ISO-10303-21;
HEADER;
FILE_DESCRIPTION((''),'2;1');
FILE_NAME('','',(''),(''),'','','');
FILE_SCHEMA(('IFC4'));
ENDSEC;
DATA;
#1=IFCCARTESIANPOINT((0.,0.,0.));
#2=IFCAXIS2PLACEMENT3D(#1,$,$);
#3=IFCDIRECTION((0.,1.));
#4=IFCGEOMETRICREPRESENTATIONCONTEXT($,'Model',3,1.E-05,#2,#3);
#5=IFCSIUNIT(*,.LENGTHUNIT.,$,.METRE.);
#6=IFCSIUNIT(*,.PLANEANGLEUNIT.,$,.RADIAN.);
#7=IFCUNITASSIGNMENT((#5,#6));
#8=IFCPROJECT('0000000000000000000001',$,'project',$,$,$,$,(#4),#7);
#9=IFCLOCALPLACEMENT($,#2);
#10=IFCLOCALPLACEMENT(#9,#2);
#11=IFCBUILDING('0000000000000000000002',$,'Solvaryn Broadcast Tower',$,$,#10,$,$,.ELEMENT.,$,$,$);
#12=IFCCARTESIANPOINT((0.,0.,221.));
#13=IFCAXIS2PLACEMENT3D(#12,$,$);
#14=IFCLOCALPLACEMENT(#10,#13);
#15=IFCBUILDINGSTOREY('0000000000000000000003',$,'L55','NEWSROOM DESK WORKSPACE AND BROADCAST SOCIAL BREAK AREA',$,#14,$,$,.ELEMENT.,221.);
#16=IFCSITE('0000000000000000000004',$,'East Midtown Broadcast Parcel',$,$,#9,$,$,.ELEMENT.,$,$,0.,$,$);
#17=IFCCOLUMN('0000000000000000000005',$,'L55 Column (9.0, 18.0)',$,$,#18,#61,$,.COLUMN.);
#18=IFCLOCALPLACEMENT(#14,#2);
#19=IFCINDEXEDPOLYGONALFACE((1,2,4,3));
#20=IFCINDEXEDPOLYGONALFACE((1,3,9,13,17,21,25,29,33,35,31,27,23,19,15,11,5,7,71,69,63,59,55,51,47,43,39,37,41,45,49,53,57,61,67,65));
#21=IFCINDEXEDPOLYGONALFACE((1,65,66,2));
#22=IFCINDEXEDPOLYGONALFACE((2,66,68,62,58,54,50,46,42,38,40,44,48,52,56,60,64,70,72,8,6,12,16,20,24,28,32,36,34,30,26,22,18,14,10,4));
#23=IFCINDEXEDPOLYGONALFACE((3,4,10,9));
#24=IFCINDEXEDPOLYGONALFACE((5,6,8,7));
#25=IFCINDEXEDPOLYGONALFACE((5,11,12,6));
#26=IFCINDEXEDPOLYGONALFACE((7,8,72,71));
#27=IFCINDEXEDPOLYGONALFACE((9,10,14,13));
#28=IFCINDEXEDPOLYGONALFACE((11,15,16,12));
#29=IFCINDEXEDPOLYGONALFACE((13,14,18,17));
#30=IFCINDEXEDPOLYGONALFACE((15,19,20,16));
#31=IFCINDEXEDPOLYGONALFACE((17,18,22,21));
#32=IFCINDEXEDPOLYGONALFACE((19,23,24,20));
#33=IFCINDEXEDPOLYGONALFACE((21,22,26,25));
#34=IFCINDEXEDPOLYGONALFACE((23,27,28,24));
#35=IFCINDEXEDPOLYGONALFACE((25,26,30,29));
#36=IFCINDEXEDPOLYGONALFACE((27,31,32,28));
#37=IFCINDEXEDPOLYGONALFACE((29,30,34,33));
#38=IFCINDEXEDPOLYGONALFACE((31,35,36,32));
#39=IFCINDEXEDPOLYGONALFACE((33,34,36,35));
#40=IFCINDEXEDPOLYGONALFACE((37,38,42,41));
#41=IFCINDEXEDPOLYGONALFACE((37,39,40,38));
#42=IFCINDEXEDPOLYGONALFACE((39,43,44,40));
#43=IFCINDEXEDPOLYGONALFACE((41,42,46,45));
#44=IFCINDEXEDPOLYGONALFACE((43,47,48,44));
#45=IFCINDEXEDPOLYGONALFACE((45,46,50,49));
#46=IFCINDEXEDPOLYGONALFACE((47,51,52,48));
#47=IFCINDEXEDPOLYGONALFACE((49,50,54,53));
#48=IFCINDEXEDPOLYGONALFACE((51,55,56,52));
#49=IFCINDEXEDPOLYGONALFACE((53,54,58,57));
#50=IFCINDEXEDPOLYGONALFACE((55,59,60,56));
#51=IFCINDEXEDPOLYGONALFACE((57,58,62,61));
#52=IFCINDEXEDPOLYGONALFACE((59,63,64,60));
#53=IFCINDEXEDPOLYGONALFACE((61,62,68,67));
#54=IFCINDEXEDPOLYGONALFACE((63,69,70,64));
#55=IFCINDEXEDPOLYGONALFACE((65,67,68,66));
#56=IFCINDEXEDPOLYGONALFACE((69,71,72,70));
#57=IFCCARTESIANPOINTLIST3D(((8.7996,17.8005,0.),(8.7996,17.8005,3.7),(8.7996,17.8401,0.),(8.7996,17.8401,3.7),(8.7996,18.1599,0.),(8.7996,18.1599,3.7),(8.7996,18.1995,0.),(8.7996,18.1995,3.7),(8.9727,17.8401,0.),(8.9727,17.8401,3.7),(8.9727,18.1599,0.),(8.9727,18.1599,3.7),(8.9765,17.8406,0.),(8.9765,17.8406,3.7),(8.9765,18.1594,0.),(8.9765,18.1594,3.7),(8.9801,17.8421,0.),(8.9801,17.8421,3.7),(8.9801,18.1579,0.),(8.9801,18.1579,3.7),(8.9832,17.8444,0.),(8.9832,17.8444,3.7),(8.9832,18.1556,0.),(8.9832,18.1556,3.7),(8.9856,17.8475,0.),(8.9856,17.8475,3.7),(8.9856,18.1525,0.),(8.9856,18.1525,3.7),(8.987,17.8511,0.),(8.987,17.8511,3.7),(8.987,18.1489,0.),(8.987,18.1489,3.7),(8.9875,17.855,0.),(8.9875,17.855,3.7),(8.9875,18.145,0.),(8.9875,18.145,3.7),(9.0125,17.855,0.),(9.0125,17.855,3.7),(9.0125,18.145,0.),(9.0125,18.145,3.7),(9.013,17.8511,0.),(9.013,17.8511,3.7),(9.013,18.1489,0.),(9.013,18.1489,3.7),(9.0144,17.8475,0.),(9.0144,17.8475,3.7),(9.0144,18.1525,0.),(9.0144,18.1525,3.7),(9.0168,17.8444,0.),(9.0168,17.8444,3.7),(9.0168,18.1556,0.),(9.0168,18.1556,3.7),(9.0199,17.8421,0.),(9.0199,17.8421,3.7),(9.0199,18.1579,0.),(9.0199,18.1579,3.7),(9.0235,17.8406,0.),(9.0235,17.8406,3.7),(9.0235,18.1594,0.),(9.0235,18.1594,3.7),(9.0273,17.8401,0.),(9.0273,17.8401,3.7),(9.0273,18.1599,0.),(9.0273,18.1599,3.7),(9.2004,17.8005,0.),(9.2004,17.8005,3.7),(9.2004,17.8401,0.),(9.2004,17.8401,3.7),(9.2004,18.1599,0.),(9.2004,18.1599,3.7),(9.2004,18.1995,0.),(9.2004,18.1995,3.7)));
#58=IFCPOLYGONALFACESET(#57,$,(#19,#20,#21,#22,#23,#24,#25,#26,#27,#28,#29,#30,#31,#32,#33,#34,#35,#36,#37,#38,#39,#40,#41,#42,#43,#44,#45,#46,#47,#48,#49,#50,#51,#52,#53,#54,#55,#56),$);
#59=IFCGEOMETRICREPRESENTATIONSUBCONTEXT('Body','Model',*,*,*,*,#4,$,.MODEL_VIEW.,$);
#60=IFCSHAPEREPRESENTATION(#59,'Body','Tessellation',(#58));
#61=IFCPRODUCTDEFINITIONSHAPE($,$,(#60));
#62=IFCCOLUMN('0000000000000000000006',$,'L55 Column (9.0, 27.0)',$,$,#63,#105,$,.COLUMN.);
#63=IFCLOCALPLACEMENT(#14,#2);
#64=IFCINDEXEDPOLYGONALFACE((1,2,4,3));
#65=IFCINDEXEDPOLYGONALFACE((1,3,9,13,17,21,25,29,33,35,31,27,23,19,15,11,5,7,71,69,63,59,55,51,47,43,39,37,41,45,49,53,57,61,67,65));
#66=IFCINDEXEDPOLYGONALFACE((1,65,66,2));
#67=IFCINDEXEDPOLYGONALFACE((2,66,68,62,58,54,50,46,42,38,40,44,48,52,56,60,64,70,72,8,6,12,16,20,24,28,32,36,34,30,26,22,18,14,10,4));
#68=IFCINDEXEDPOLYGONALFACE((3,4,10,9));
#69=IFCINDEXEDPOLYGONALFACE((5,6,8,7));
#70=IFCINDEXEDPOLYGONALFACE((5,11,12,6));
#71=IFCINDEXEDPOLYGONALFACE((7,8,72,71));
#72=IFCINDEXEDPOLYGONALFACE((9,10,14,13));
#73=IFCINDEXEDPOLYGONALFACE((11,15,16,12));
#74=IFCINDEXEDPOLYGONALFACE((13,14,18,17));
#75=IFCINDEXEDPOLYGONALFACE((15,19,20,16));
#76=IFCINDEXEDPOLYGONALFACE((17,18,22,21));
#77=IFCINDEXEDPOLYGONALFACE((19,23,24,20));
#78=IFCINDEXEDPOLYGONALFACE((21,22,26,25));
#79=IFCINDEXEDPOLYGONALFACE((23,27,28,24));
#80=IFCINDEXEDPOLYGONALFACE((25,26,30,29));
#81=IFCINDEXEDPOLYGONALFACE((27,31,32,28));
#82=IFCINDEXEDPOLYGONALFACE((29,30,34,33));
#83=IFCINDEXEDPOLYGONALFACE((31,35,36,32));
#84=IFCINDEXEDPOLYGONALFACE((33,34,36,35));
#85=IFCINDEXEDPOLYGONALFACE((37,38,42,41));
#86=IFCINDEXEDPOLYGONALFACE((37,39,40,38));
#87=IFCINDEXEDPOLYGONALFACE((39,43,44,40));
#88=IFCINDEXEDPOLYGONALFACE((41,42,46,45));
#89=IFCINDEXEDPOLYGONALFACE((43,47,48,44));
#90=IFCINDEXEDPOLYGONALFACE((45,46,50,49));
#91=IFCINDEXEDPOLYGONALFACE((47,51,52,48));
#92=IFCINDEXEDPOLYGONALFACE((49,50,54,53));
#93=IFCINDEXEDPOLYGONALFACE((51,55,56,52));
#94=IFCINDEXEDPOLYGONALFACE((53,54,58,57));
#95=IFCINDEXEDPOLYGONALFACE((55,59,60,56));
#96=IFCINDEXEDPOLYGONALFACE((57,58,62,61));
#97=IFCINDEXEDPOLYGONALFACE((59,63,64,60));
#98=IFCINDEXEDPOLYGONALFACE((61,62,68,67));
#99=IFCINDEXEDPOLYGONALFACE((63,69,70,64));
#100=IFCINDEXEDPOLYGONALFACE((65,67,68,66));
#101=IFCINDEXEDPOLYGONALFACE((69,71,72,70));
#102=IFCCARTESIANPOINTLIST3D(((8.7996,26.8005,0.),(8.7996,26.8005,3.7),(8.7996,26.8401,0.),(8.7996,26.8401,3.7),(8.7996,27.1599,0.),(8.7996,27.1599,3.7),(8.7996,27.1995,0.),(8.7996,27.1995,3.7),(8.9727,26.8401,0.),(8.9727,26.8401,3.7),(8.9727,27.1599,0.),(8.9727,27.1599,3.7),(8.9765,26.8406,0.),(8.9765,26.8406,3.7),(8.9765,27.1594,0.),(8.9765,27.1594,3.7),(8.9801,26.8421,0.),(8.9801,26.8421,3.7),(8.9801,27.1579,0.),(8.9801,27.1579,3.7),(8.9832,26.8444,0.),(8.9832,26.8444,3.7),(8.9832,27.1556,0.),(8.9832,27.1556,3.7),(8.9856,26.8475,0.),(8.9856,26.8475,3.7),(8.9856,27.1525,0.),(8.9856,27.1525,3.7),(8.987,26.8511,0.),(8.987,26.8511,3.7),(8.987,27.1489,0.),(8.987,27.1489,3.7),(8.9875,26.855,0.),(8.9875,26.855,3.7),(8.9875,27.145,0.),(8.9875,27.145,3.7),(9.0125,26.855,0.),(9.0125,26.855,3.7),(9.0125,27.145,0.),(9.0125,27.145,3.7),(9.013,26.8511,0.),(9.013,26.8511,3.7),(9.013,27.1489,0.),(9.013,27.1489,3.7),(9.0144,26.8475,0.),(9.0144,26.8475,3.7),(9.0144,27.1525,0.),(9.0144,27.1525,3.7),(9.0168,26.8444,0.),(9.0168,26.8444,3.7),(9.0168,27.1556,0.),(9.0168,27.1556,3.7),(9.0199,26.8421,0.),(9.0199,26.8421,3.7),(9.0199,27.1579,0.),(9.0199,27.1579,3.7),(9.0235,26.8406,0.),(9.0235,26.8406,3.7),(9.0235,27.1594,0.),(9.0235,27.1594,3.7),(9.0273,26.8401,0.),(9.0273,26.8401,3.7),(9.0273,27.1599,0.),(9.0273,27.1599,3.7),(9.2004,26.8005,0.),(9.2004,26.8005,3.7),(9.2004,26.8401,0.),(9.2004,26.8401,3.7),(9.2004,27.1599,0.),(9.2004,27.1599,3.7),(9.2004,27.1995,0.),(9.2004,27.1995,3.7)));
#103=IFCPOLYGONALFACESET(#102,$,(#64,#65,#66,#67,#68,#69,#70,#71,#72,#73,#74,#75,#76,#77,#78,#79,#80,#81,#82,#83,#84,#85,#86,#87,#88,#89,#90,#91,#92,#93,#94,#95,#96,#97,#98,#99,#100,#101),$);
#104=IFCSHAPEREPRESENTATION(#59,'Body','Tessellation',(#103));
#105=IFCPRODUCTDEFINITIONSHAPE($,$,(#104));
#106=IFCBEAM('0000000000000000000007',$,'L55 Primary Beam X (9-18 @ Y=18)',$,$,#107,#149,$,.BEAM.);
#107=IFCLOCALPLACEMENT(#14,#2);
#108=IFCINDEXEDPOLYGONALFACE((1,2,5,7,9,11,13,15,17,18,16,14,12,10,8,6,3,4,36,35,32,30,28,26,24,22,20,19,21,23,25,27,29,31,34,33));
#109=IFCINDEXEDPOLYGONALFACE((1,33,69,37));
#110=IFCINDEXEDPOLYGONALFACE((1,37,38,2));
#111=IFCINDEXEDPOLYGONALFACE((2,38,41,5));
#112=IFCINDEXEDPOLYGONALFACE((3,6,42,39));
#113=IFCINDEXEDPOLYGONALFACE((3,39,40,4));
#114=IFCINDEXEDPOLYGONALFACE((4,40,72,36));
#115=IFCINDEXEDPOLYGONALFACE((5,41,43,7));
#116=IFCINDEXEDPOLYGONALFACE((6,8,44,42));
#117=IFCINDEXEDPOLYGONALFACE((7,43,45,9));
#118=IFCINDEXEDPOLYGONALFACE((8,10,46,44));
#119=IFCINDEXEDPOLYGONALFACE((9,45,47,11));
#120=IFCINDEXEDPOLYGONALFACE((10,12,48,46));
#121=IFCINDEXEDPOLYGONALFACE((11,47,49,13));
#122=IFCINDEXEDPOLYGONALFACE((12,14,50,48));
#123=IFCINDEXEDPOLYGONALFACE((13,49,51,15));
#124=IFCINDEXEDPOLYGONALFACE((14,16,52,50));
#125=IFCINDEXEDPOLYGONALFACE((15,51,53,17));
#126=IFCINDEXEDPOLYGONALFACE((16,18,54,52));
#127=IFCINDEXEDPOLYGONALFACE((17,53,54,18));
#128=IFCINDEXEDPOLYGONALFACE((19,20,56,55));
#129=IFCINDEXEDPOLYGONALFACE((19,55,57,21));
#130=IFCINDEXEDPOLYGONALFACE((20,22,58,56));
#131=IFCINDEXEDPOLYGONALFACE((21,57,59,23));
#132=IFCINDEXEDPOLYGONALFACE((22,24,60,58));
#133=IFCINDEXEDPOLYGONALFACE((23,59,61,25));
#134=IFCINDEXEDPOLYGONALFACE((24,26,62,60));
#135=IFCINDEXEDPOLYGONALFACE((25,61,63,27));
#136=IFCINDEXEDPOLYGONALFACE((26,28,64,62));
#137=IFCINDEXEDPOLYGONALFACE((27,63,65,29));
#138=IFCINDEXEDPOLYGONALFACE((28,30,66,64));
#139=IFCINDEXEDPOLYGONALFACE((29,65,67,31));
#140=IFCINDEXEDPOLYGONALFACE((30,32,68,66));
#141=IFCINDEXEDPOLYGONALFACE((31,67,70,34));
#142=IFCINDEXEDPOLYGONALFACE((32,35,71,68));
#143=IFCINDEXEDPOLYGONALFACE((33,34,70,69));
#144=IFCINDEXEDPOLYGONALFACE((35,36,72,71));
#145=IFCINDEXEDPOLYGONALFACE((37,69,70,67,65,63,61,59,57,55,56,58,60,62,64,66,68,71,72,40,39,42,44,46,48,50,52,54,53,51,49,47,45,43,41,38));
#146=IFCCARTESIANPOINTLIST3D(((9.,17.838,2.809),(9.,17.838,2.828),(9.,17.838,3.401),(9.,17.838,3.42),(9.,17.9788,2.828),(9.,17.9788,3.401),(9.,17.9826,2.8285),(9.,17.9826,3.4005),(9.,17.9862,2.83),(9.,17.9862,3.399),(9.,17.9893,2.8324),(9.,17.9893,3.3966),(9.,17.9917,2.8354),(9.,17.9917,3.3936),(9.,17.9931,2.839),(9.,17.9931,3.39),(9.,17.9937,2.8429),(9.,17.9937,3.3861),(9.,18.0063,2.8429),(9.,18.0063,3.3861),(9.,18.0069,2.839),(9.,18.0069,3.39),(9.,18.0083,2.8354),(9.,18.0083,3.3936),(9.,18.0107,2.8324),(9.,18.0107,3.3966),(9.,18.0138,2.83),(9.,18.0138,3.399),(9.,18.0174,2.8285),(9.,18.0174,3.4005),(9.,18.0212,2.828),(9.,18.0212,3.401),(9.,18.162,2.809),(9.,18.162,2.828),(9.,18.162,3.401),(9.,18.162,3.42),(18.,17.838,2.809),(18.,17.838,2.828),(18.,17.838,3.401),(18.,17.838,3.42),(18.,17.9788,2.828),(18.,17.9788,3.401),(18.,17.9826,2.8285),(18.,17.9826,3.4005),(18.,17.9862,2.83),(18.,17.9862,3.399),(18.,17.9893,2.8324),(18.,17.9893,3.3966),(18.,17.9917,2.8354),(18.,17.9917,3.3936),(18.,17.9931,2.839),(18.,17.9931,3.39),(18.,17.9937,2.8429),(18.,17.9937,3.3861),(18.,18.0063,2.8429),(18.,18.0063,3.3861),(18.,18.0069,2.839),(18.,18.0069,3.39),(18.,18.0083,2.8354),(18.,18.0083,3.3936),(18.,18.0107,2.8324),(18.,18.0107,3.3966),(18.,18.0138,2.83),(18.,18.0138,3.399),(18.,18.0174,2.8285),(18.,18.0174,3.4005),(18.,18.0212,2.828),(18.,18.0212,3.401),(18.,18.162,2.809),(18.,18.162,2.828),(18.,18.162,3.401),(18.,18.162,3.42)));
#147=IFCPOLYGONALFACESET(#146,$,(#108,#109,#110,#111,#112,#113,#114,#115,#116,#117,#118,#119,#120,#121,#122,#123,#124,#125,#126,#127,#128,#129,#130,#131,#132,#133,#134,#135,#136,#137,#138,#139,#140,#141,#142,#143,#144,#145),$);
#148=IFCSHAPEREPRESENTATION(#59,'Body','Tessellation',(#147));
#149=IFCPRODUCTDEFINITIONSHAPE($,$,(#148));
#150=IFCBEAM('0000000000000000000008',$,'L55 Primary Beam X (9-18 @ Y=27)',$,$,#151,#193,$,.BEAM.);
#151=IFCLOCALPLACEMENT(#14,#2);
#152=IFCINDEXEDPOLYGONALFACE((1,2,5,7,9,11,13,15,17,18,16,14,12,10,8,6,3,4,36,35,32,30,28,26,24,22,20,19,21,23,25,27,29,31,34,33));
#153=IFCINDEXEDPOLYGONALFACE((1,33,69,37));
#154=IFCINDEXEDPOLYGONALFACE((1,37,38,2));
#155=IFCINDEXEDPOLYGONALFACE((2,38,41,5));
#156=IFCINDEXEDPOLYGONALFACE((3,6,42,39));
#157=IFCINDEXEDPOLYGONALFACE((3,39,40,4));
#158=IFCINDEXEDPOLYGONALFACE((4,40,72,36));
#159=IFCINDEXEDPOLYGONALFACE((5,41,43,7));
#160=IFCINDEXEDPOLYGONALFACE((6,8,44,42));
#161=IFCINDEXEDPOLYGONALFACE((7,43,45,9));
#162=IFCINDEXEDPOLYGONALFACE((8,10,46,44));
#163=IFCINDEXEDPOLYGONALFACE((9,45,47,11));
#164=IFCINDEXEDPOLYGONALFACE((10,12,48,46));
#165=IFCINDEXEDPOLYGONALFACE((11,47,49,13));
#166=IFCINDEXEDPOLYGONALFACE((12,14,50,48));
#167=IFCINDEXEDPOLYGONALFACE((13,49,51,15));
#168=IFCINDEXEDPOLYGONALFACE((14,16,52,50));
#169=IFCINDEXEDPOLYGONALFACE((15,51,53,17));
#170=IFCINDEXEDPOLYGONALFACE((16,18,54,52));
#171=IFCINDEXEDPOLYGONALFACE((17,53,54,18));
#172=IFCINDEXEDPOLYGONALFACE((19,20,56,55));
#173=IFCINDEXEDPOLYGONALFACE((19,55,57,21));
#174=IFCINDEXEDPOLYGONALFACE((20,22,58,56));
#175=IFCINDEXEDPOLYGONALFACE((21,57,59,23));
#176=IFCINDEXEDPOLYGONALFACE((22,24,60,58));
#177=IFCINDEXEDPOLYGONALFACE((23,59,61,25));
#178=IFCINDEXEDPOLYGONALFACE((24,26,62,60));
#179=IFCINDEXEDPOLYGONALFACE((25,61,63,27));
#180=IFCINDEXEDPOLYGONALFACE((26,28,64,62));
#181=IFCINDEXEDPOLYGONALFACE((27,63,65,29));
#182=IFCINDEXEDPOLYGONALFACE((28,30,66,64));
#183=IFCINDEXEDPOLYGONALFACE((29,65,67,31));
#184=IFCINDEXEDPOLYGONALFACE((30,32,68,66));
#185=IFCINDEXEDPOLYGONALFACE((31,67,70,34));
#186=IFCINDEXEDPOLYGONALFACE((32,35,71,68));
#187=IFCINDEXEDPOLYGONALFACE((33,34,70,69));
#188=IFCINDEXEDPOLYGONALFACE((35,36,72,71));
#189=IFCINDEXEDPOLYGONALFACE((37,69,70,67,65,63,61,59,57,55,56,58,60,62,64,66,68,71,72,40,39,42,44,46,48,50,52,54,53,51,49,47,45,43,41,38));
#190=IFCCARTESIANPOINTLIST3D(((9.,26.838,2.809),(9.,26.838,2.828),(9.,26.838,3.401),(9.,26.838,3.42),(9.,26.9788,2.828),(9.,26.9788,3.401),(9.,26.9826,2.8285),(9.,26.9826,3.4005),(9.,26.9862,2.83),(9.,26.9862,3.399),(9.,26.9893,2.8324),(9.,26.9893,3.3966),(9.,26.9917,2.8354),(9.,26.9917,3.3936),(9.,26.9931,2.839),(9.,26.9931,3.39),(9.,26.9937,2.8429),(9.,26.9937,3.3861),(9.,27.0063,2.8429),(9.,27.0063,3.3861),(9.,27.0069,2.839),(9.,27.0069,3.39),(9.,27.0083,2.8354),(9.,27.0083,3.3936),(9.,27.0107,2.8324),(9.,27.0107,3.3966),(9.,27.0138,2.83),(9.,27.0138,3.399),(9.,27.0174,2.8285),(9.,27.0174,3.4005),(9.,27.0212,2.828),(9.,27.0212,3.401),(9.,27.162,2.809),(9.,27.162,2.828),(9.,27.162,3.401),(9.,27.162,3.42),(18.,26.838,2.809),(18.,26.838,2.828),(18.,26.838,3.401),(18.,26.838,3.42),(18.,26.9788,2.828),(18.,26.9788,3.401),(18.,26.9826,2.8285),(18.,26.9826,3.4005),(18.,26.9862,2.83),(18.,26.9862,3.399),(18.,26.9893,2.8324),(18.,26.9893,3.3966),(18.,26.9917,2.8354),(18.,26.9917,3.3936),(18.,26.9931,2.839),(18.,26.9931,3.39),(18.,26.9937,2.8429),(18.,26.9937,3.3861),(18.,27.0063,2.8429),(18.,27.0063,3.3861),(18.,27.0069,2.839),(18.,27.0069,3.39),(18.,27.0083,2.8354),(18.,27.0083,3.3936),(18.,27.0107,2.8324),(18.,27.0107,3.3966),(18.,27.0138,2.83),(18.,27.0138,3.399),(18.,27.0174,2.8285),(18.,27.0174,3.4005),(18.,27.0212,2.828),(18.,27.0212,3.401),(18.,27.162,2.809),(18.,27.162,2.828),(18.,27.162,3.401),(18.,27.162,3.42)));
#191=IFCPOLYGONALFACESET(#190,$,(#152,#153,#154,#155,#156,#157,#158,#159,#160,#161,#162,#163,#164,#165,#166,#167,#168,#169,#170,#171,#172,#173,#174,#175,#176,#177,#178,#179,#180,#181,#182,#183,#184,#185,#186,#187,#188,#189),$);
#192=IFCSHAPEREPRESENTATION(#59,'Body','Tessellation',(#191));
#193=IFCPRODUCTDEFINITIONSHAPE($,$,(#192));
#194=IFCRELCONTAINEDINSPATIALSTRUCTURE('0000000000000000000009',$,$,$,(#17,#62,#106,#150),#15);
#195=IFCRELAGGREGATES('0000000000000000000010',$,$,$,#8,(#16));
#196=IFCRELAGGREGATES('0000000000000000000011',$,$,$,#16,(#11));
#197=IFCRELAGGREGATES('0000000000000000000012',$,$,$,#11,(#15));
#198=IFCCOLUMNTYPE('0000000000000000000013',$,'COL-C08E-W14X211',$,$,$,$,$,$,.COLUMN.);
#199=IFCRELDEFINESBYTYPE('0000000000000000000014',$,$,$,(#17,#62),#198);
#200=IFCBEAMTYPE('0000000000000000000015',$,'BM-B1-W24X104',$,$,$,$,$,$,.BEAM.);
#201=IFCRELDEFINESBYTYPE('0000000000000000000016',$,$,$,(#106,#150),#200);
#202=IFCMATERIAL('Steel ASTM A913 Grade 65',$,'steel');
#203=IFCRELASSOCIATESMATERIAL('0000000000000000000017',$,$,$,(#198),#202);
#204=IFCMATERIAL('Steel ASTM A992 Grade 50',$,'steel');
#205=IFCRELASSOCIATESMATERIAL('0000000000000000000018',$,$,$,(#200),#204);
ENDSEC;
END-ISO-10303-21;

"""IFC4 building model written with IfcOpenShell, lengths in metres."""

from ifc_helpers import new_model, si_unit, direction, frame, origin, origin_2d, place, context, subcontext, project, spatial, i_section, extrude, material, material_profile, profile_set, type_object, element, save


model = new_model("IFC4")

# Units and contexts
model_context = context("Model", 3, precision=1e-05, world=origin(), true_north=direction((0.0, 1.0)))
body_context = subcontext(model_context, "Body", "Model", "MODEL_VIEW")
ifc_project = project(units=[si_unit("LENGTHUNIT", "METRE"), si_unit("PLANEANGLEUNIT", "RADIAN")], contexts=[model_context])

# Site, building, storey
site_placement = place(None, origin())
site = spatial("IfcSite", under=ifc_project, at=site_placement, Name="East Midtown Broadcast Parcel", CompositionType="ELEMENT", RefElevation=0.0)
building_placement = place(site_placement, origin())
building = spatial("IfcBuilding", under=site, at=building_placement, Name="Solvaryn Broadcast Tower", CompositionType="ELEMENT")
storey_placement = place(building_placement, frame((0.0, 0.0, 221.0)))
storey = spatial("IfcBuildingStorey", under=building, at=storey_placement, Name="L55", Description="NEWSROOM DESK WORKSPACE AND BROADCAST SOCIAL BREAK AREA", CompositionType="ELEMENT", Elevation=221.0)

# Columns
ifc_material_1 = material(Name="Steel ASTM A913 Grade 65", Category="steel")
ifc_material_profile_1 = material_profile(ifc_material_1, i_section(OverallWidth=0.4009, OverallDepth=0.3989, WebThickness=0.0249, FlangeThickness=0.0396, FilletRadius=0.0149, at=origin_2d()))
ifc_profile_set_1 = profile_set([ifc_material_profile_1], Name="Steel ASTM A913 Grade 65")
column_type = type_object("IfcColumnType", Name="COL-C08E-W14X211", PredefinedType="COLUMN", material=ifc_profile_set_1)
for number, where, z_axis, x_axis, name in (
    (1, (9.0, 18.0, 0.0), (0.0, 0.0, 1.0), (1.0, 0.0, 0.0), "L55 Column (9.0, 18.0)"),
    (2, (9.0, 27.0, 0.0), (0.0, 0.0, 1.0), (1.0, 0.0, 0.0), "L55 Column (9.0, 27.0)"),
):
    element("IfcColumn", number, at=place(storey_placement, frame(where, z_axis=z_axis, x_axis=x_axis)), inside=storey, type_object=column_type, Name=name, PredefinedType="COLUMN", context=body_context, shape_type="SweptSolid", body=[
        extrude(i_section(OverallWidth=0.4009, OverallDepth=0.3989, WebThickness=0.0249, FlangeThickness=0.0396, FilletRadius=0.0149, at=origin_2d()), origin(), (0.0, 0.0, 1.0), 3.7),
    ])

# Beams
ifc_material_2 = material(Name="Steel ASTM A992 Grade 50", Category="steel")
ifc_material_profile_2 = material_profile(ifc_material_2, i_section(OverallWidth=0.324, OverallDepth=0.6111, WebThickness=0.0127, FlangeThickness=0.019, FilletRadius=0.0149, at=origin_2d()))
ifc_profile_set_2 = profile_set([ifc_material_profile_2], Name="Steel ASTM A992 Grade 50")
beam_type_1 = type_object("IfcBeamType", Name="BM-B1-W24X104", PredefinedType="BEAM", material=ifc_profile_set_2)
for number, where, z_axis, x_axis, name in (
    (3, (9.0, 18.0, 3.1145), (1.0, 0.0, 0.0), (0.0, 1.0, 0.0), "L55 Primary Beam X (9-18 @ Y=18)"),
    (4, (9.0, 27.0, 3.1145), (1.0, 0.0, 0.0), (0.0, 1.0, 0.0), "L55 Primary Beam X (9-18 @ Y=27)"),
):
    element("IfcBeam", number, at=place(storey_placement, frame(where, z_axis=z_axis, x_axis=x_axis)), inside=storey, type_object=beam_type_1, Name=name, PredefinedType="BEAM", context=body_context, shape_type="SweptSolid", body=[
        extrude(i_section(OverallWidth=0.324, OverallDepth=0.6111, WebThickness=0.0127, FlangeThickness=0.019, FilletRadius=0.0149, at=origin_2d()), origin(), (0.0, 0.0, 1.0), 9.0),
    ])

save(model, "model.ifc")
